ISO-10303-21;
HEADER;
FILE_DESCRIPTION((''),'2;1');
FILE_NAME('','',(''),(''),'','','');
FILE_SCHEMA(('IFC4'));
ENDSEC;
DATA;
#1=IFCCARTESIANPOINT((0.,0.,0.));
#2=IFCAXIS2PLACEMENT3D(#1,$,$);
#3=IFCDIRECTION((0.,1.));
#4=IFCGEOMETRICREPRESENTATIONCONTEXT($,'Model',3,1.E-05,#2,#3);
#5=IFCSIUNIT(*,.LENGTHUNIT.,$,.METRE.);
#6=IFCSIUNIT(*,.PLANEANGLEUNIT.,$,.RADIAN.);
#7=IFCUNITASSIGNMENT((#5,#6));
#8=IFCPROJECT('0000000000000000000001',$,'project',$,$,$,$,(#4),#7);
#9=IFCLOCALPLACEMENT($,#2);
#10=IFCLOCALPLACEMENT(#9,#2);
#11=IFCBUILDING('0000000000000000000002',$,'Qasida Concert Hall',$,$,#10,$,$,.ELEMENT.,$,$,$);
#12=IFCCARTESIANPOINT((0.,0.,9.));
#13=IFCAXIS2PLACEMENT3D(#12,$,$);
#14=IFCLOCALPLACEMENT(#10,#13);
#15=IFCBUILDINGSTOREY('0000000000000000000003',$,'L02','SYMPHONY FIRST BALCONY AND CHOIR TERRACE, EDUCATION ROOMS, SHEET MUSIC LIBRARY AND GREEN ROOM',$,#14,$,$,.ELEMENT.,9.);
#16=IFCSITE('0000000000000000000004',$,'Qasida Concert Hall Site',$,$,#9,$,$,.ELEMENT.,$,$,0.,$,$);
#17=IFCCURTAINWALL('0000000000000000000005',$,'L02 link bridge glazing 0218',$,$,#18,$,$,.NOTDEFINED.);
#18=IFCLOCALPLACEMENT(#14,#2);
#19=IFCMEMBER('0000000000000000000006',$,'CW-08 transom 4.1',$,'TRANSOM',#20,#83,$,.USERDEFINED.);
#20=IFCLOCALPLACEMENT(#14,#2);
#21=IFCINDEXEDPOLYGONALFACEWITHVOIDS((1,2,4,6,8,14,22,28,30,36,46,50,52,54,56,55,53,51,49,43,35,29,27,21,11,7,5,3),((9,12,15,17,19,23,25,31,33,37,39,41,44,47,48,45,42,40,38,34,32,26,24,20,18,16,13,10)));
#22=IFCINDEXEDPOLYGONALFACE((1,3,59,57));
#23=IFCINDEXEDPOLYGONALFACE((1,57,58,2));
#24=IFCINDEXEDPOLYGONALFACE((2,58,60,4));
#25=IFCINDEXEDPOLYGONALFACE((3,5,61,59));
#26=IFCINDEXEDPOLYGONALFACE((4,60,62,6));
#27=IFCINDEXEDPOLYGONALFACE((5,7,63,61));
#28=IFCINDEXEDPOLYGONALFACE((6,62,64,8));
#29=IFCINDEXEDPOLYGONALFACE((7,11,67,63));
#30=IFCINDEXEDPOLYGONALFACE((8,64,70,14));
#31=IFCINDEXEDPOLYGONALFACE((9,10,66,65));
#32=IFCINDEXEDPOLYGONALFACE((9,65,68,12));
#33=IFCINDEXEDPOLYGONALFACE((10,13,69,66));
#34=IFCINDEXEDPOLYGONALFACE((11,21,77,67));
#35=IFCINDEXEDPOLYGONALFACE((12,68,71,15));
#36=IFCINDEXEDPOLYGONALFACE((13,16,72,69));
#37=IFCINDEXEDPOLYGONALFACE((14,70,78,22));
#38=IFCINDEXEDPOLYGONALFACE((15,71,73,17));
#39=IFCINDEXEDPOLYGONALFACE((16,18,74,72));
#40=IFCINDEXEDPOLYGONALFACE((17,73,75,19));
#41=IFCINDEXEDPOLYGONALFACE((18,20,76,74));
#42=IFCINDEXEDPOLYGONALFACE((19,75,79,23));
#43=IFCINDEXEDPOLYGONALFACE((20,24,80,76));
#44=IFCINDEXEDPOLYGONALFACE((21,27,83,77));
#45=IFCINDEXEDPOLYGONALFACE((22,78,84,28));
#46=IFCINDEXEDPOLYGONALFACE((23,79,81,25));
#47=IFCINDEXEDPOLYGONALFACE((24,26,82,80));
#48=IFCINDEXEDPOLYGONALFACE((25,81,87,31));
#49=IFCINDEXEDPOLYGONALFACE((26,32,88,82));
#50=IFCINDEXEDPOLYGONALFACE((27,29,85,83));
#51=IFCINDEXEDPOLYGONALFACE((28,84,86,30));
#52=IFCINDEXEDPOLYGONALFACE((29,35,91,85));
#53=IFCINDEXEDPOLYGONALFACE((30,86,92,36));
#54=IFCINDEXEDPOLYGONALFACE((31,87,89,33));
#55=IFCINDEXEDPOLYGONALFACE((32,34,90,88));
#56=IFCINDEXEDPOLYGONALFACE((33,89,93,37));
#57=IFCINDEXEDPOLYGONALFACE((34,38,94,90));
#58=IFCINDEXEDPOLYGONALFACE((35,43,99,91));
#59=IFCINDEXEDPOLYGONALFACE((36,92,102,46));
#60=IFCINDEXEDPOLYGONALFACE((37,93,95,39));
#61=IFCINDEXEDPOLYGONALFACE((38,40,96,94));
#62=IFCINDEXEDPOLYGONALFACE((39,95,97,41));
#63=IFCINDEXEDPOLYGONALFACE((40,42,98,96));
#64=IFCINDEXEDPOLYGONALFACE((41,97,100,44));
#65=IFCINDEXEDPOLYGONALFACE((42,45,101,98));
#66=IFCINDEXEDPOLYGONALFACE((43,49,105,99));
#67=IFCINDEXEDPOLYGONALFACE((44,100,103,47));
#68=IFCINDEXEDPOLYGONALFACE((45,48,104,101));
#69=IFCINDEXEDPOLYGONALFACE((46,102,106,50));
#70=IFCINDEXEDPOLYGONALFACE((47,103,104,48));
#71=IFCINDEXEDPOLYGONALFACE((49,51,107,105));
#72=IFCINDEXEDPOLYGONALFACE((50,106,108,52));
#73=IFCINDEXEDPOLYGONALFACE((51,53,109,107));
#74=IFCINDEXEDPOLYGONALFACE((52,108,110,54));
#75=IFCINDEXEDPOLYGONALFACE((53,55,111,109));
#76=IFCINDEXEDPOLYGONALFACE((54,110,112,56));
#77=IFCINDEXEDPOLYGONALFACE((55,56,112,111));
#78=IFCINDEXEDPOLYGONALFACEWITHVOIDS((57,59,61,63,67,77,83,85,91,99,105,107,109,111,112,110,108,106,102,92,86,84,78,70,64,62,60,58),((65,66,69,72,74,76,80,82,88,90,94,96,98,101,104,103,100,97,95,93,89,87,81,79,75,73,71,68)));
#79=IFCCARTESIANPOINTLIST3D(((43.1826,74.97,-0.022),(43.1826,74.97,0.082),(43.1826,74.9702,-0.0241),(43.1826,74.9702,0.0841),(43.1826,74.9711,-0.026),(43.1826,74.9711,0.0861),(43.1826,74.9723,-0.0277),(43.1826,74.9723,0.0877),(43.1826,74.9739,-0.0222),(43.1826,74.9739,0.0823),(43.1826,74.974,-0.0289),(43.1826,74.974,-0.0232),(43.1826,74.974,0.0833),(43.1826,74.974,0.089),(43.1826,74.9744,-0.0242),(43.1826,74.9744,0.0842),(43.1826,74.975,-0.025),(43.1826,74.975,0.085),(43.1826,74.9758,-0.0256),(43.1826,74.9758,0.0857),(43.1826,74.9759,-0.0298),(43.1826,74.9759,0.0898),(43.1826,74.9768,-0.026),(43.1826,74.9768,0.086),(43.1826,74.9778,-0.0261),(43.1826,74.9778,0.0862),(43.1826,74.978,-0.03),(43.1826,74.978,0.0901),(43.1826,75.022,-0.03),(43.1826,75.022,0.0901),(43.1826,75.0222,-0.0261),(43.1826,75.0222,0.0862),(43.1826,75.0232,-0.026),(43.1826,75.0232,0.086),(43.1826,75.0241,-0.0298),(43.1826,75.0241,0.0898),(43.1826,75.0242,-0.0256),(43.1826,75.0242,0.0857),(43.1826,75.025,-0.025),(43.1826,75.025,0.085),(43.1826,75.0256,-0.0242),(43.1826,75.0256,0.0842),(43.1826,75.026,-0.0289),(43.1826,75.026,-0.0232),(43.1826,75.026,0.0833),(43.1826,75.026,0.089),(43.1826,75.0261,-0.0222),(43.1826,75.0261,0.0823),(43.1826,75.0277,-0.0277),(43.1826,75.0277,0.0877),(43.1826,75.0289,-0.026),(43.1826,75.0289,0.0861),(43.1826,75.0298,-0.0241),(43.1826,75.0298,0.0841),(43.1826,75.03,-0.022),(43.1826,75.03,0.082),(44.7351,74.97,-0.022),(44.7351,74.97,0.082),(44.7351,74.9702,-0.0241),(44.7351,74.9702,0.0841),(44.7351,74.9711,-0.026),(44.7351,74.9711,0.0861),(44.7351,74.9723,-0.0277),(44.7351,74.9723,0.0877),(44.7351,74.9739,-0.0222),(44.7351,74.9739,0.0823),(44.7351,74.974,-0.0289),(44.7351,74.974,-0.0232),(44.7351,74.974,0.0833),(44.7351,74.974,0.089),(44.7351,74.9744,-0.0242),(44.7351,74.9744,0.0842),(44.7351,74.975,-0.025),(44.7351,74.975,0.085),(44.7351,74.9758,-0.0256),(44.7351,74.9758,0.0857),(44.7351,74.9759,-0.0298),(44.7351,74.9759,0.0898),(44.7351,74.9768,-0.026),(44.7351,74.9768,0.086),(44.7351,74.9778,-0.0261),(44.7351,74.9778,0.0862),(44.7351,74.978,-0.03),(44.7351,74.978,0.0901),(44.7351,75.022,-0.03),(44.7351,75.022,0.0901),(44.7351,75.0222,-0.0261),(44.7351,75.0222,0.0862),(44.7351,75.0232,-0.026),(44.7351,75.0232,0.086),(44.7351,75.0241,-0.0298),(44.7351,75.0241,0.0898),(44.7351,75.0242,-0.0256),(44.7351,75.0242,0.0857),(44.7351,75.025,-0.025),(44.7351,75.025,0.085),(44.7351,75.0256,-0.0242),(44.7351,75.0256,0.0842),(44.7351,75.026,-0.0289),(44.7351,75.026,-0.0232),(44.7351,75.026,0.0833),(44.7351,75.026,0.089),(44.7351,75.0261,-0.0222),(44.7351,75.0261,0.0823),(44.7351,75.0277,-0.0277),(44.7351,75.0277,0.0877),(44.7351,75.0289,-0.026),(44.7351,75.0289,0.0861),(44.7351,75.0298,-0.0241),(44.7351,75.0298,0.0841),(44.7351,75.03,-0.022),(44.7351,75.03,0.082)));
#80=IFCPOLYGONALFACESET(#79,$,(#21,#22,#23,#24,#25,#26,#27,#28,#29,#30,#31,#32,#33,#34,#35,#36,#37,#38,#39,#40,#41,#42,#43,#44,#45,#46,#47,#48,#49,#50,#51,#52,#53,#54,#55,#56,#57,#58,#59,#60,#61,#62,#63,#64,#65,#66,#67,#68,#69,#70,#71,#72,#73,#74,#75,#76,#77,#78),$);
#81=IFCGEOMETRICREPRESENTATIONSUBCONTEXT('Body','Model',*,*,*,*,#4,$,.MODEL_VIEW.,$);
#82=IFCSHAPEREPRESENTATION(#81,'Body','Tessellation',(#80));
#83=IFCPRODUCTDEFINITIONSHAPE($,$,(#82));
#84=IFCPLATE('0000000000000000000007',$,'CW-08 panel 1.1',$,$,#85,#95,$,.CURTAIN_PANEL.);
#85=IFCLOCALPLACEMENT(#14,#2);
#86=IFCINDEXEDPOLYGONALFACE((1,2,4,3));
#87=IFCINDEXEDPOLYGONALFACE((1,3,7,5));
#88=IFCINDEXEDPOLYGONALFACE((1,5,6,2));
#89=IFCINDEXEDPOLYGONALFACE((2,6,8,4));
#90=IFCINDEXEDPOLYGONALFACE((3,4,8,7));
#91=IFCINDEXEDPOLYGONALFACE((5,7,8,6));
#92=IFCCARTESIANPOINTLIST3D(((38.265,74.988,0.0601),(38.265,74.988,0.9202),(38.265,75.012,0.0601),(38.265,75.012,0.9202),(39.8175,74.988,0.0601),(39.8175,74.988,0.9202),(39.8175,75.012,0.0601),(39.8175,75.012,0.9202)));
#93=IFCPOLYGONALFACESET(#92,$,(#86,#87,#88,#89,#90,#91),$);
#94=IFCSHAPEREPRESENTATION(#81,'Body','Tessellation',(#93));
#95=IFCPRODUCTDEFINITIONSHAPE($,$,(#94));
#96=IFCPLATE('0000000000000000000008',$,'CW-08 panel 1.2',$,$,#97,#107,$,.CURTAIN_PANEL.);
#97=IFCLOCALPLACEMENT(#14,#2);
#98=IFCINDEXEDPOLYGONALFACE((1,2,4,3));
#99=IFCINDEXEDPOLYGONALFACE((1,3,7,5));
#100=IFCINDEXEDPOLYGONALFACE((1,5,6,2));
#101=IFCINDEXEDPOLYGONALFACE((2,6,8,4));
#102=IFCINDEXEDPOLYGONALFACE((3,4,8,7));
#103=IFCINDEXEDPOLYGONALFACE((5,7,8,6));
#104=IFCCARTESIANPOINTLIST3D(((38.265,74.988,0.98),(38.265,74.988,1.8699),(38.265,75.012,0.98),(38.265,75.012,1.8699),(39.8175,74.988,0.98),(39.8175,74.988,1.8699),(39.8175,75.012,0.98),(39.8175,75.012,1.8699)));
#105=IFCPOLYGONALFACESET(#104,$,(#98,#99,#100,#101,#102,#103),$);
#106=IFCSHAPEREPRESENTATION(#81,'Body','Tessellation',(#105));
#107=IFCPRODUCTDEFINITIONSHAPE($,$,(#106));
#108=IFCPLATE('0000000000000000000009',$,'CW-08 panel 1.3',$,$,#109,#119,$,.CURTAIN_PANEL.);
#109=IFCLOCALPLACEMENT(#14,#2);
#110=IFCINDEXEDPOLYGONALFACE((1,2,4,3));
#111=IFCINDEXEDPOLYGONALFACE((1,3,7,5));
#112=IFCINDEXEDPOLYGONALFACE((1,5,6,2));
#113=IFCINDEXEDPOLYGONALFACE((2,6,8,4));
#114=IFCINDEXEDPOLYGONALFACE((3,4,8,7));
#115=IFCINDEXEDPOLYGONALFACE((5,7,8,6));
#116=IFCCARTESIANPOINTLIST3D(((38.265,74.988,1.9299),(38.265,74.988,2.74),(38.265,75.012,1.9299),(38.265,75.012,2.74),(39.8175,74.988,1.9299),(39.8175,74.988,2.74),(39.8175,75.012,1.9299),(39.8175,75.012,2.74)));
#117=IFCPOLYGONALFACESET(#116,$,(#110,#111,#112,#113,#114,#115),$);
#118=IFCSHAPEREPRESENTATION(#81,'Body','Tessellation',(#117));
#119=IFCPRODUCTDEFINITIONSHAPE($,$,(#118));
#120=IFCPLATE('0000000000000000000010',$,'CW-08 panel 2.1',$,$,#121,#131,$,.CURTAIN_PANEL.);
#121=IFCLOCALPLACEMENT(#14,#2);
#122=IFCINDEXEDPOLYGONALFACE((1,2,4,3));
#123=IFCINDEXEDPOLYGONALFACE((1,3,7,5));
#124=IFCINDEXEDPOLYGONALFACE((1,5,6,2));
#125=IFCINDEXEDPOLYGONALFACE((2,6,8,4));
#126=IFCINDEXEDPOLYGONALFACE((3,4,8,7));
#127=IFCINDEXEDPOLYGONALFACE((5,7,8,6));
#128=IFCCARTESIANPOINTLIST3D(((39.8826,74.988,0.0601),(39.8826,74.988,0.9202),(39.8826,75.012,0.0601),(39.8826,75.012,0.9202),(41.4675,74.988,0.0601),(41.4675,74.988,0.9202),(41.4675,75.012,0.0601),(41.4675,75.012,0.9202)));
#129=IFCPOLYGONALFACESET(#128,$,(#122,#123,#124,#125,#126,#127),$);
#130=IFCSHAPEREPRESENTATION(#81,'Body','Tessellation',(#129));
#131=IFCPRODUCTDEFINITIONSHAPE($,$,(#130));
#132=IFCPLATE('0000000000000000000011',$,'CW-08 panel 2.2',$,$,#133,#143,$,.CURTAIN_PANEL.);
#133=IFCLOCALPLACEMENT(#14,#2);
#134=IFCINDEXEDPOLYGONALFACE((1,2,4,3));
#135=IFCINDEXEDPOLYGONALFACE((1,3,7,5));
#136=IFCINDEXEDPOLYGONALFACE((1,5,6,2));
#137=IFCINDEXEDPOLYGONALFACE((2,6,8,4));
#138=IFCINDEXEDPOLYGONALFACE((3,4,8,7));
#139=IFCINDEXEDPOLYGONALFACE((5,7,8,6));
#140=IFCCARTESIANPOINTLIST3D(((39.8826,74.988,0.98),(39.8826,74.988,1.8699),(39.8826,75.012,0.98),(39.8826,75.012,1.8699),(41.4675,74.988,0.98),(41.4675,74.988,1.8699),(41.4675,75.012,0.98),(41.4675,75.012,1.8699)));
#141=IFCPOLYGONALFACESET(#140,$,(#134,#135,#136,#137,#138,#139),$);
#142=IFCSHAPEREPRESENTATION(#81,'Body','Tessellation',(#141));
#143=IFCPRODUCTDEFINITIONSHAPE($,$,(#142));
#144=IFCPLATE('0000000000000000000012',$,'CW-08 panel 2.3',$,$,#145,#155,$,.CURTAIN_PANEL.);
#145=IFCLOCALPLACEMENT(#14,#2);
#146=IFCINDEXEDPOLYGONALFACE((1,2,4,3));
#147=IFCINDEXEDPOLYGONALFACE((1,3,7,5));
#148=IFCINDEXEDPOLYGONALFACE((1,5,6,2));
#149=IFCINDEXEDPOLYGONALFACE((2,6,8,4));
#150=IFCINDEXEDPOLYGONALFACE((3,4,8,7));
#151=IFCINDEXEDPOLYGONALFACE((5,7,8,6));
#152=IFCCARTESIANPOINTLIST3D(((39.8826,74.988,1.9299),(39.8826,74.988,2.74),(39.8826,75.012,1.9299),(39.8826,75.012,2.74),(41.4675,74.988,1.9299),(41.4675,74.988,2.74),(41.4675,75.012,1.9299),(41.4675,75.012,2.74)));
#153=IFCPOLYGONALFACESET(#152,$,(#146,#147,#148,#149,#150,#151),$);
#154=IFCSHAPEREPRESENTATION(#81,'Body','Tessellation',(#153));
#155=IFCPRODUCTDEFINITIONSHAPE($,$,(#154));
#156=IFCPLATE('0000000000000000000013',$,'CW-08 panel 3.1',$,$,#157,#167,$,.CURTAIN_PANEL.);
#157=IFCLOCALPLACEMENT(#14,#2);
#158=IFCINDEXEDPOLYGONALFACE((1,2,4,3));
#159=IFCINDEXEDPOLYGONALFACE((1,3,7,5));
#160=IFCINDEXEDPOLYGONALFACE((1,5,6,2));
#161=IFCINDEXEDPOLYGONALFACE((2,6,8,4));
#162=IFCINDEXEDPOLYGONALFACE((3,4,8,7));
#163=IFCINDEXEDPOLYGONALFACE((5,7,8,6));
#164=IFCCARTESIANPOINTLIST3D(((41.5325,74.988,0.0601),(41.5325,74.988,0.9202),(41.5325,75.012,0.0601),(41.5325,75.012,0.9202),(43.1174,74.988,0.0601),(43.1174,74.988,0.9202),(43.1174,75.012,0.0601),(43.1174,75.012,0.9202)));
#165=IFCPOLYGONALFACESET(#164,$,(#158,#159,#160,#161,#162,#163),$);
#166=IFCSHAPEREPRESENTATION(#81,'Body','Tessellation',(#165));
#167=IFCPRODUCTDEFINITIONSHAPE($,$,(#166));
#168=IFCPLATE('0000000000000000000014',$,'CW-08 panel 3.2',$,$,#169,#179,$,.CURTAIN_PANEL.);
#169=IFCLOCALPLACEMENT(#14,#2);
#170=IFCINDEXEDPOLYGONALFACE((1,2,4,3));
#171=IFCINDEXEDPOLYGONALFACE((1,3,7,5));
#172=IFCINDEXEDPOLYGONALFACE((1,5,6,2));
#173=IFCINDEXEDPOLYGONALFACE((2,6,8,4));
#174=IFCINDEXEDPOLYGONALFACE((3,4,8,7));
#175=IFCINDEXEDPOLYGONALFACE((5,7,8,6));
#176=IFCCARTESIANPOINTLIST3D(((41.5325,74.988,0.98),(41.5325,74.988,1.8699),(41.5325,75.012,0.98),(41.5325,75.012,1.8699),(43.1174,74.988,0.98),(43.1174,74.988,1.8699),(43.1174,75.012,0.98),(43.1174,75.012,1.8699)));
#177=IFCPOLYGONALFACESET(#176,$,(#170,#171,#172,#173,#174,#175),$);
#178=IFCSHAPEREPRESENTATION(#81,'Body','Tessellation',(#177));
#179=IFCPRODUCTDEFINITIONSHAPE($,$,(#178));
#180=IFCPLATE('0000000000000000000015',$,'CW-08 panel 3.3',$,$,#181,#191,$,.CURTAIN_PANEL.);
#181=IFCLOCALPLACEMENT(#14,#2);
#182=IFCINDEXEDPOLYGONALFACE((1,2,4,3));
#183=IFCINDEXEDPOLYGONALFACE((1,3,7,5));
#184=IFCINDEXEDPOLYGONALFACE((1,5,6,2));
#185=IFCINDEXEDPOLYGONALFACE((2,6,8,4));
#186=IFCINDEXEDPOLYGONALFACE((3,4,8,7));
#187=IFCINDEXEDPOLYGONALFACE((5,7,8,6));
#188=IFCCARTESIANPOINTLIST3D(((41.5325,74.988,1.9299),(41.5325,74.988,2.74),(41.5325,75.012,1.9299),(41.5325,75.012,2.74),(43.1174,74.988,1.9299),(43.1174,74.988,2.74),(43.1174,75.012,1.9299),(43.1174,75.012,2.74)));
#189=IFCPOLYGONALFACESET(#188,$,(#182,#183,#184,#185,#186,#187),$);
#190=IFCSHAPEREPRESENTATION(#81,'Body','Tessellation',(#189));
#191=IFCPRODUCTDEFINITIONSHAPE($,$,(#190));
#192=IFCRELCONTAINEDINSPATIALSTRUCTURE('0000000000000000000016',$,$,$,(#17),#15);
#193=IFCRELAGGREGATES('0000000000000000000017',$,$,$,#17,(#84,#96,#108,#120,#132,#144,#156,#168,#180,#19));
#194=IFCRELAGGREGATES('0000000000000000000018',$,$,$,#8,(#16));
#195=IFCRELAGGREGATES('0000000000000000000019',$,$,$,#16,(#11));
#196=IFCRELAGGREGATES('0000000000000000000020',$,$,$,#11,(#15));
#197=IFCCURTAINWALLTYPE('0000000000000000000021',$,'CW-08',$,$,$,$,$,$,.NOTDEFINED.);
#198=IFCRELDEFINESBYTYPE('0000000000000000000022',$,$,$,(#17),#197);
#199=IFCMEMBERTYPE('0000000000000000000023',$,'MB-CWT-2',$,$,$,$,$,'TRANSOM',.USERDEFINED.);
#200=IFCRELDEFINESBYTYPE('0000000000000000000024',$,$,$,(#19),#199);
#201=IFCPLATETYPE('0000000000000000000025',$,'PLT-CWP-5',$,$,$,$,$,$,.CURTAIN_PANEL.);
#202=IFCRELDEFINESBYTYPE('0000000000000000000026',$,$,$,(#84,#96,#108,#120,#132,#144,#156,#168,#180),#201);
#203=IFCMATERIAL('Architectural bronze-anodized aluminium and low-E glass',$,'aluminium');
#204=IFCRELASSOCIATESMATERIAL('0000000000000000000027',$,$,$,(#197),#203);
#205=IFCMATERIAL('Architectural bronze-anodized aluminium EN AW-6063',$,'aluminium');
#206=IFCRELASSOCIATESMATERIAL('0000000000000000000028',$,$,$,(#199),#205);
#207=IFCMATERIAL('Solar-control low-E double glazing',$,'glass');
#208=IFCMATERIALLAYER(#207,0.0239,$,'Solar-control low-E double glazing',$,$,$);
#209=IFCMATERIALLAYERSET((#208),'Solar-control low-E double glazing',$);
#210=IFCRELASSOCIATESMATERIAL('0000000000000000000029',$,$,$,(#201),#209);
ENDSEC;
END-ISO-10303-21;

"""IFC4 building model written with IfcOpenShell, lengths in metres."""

from ifc_helpers import new_model, si_unit, direction, frame, origin, origin_2d, place, context, subcontext, project, spatial, rectangle, hollow_rectangle, extrude, material, layer, layer_set, material_profile, profile_set, type_object, element, aggregate, save


model = new_model("IFC4")

# Units and contexts
model_context = context("Model", 3, precision=1e-05, world=origin(), true_north=direction((0.0, 1.0)))
body_context = subcontext(model_context, "Body", "Model", "MODEL_VIEW")
ifc_project = project(units=[si_unit("LENGTHUNIT", "METRE"), si_unit("PLANEANGLEUNIT", "RADIAN")], contexts=[model_context])

# Site, building, storey
site_placement = place(None, origin())
site = spatial("IfcSite", under=ifc_project, at=site_placement, Name="Qasida Concert Hall Site", CompositionType="ELEMENT", RefElevation=0.0)
building_placement = place(site_placement, origin())
building = spatial("IfcBuilding", under=site, at=building_placement, Name="Qasida Concert Hall", CompositionType="ELEMENT")
storey_placement = place(building_placement, frame((0.0, 0.0, 9.0)))
storey = spatial("IfcBuildingStorey", under=building, at=storey_placement, Name="L02", Description="SYMPHONY FIRST BALCONY AND CHOIR TERRACE, EDUCATION ROOMS, SHEET MUSIC LIBRARY AND GREEN ROOM", CompositionType="ELEMENT", Elevation=9.0)

# Curtain wall, member, plates
ifc_material_1 = material(Name="Architectural bronze-anodized aluminium and low-E glass", Category="aluminium")
curtain_wall_type = type_object("IfcCurtainWallType", Name="CW-08", PredefinedType="NOTDEFINED", material=ifc_material_1)
curtain_wall_placement = place(storey_placement, origin())
curtain_wall = element("IfcCurtainWall", 1, at=curtain_wall_placement, inside=storey, type_object=curtain_wall_type, Name="L02 link bridge glazing 0218", PredefinedType="NOTDEFINED")
ifc_material_2 = material(Name="Architectural bronze-anodized aluminium EN AW-6063", Category="aluminium")
ifc_material_profile_1 = material_profile(ifc_material_2, hollow_rectangle(XDim=0.0601, YDim=0.1201, WallThickness=0.0039, InnerFilletRadius=0.0039, OuterFilletRadius=0.0081, at=origin_2d()), Name="CWT 120x60x4")
ifc_profile_set_1 = profile_set([ifc_material_profile_1], Name="Architectural bronze-anodized aluminium EN AW-6063")
member_type_1 = type_object("IfcMemberType", Name="MB-CWT-2", ElementType="TRANSOM", PredefinedType="USERDEFINED", material=ifc_profile_set_1)
member_1_placement = place(storey_placement, frame((43.1826, 75.0, 0.03), z_axis=(1.0, 0.0, 0.0), x_axis=(0.0, 1.0, 0.0)))
member_1 = element("IfcMember", 2, at=member_1_placement, type_object=member_type_1, Name="CW-08 transom 4.1", ObjectType="TRANSOM", PredefinedType="USERDEFINED", context=body_context, shape_type="SweptSolid", body=[
    extrude(hollow_rectangle(XDim=0.0601, YDim=0.1201, WallThickness=0.0039, InnerFilletRadius=0.0039, OuterFilletRadius=0.0081, at=origin_2d()), origin(), (0.0, 0.0, 1.0), 1.5525),
])
ifc_material_3 = material(Name="Solar-control low-E double glazing", Category="glass")
ifc_layer_1 = layer(ifc_material_3, 0.0239, Name="Solar-control low-E double glazing")
ifc_layer_set_1 = layer_set([ifc_layer_1], Name="Solar-control low-E double glazing")
plate_type = type_object("IfcPlateType", Name="PLT-CWP-5", PredefinedType="CURTAIN_PANEL", material=ifc_layer_set_1)
plate_1_placement = place(storey_placement, frame((39.0413, 75.0, 0.0601), z_axis=(0.0, 0.0, 1.0), x_axis=(1.0, 0.0, 0.0)))
plate_1 = element("IfcPlate", 3, at=plate_1_placement, type_object=plate_type, Name="CW-08 panel 1.1", PredefinedType="CURTAIN_PANEL", context=body_context, shape_type="SweptSolid", body=[
    extrude(rectangle(XDim=1.5525, YDim=0.0239, at=origin_2d()), origin(), (0.0, 0.0, 1.0), 0.8601),
])
plate_2_placement = place(storey_placement, frame((39.0413, 75.0, 0.98), z_axis=(0.0, 0.0, 1.0), x_axis=(1.0, 0.0, 0.0)))
plate_2 = element("IfcPlate", 4, at=plate_2_placement, type_object=plate_type, Name="CW-08 panel 1.2", PredefinedType="CURTAIN_PANEL", context=body_context, shape_type="SweptSolid", body=[
    extrude(rectangle(XDim=1.5525, YDim=0.0239, at=origin_2d()), origin(), (0.0, 0.0, 1.0), 0.8899),
])
plate_3_placement = place(storey_placement, frame((39.0413, 75.0, 1.9299), z_axis=(0.0, 0.0, 1.0), x_axis=(1.0, 0.0, 0.0)))
plate_3 = element("IfcPlate", 5, at=plate_3_placement, type_object=plate_type, Name="CW-08 panel 1.3", PredefinedType="CURTAIN_PANEL", context=body_context, shape_type="SweptSolid", body=[
    extrude(rectangle(XDim=1.5525, YDim=0.0239, at=origin_2d()), origin(), (0.0, 0.0, 1.0), 0.8101),
])
plate_4_placement = place(storey_placement, frame((40.675, 75.0, 0.0601), z_axis=(0.0, 0.0, 1.0), x_axis=(1.0, 0.0, 0.0)))
plate_4 = element("IfcPlate", 6, at=plate_4_placement, type_object=plate_type, Name="CW-08 panel 2.1", PredefinedType="CURTAIN_PANEL", context=body_context, shape_type="SweptSolid", body=[
    extrude(rectangle(XDim=1.585, YDim=0.0239, at=origin_2d()), origin(), (0.0, 0.0, 1.0), 0.8601),
])
plate_5_placement = place(storey_placement, frame((40.675, 75.0, 0.98), z_axis=(0.0, 0.0, 1.0), x_axis=(1.0, 0.0, 0.0)))
plate_5 = element("IfcPlate", 7, at=plate_5_placement, type_object=plate_type, Name="CW-08 panel 2.2", PredefinedType="CURTAIN_PANEL", context=body_context, shape_type="SweptSolid", body=[
    extrude(rectangle(XDim=1.585, YDim=0.0239, at=origin_2d()), origin(), (0.0, 0.0, 1.0), 0.8899),
])
plate_6_placement = place(storey_placement, frame((40.675, 75.0, 1.9299), z_axis=(0.0, 0.0, 1.0), x_axis=(1.0, 0.0, 0.0)))
plate_6 = element("IfcPlate", 8, at=plate_6_placement, type_object=plate_type, Name="CW-08 panel 2.3", PredefinedType="CURTAIN_PANEL", context=body_context, shape_type="SweptSolid", body=[
    extrude(rectangle(XDim=1.585, YDim=0.0239, at=origin_2d()), origin(), (0.0, 0.0, 1.0), 0.8101),
])
plate_7_placement = place(storey_placement, frame((42.325, 75.0, 0.0601), z_axis=(0.0, 0.0, 1.0), x_axis=(1.0, 0.0, 0.0)))
plate_7 = element("IfcPlate", 9, at=plate_7_placement, type_object=plate_type, Name="CW-08 panel 3.1", PredefinedType="CURTAIN_PANEL", context=body_context, shape_type="SweptSolid", body=[
    extrude(rectangle(XDim=1.585, YDim=0.0239, at=origin_2d()), origin(), (0.0, 0.0, 1.0), 0.8601),
])
plate_8_placement = place(storey_placement, frame((42.325, 75.0, 0.98), z_axis=(0.0, 0.0, 1.0), x_axis=(1.0, 0.0, 0.0)))
plate_8 = element("IfcPlate", 10, at=plate_8_placement, type_object=plate_type, Name="CW-08 panel 3.2", PredefinedType="CURTAIN_PANEL", context=body_context, shape_type="SweptSolid", body=[
    extrude(rectangle(XDim=1.585, YDim=0.0239, at=origin_2d()), origin(), (0.0, 0.0, 1.0), 0.8899),
])
plate_9_placement = place(storey_placement, frame((42.325, 75.0, 1.9299), z_axis=(0.0, 0.0, 1.0), x_axis=(1.0, 0.0, 0.0)))
plate_9 = element("IfcPlate", 11, at=plate_9_placement, type_object=plate_type, Name="CW-08 panel 3.3", PredefinedType="CURTAIN_PANEL", context=body_context, shape_type="SweptSolid", body=[
    extrude(rectangle(XDim=1.585, YDim=0.0239, at=origin_2d()), origin(), (0.0, 0.0, 1.0), 0.8101),
])
aggregate(curtain_wall, [plate_1, plate_2, plate_3, plate_4, plate_5, plate_6, plate_7, plate_8, plate_9, member_1])

save(model, "model.ifc")
